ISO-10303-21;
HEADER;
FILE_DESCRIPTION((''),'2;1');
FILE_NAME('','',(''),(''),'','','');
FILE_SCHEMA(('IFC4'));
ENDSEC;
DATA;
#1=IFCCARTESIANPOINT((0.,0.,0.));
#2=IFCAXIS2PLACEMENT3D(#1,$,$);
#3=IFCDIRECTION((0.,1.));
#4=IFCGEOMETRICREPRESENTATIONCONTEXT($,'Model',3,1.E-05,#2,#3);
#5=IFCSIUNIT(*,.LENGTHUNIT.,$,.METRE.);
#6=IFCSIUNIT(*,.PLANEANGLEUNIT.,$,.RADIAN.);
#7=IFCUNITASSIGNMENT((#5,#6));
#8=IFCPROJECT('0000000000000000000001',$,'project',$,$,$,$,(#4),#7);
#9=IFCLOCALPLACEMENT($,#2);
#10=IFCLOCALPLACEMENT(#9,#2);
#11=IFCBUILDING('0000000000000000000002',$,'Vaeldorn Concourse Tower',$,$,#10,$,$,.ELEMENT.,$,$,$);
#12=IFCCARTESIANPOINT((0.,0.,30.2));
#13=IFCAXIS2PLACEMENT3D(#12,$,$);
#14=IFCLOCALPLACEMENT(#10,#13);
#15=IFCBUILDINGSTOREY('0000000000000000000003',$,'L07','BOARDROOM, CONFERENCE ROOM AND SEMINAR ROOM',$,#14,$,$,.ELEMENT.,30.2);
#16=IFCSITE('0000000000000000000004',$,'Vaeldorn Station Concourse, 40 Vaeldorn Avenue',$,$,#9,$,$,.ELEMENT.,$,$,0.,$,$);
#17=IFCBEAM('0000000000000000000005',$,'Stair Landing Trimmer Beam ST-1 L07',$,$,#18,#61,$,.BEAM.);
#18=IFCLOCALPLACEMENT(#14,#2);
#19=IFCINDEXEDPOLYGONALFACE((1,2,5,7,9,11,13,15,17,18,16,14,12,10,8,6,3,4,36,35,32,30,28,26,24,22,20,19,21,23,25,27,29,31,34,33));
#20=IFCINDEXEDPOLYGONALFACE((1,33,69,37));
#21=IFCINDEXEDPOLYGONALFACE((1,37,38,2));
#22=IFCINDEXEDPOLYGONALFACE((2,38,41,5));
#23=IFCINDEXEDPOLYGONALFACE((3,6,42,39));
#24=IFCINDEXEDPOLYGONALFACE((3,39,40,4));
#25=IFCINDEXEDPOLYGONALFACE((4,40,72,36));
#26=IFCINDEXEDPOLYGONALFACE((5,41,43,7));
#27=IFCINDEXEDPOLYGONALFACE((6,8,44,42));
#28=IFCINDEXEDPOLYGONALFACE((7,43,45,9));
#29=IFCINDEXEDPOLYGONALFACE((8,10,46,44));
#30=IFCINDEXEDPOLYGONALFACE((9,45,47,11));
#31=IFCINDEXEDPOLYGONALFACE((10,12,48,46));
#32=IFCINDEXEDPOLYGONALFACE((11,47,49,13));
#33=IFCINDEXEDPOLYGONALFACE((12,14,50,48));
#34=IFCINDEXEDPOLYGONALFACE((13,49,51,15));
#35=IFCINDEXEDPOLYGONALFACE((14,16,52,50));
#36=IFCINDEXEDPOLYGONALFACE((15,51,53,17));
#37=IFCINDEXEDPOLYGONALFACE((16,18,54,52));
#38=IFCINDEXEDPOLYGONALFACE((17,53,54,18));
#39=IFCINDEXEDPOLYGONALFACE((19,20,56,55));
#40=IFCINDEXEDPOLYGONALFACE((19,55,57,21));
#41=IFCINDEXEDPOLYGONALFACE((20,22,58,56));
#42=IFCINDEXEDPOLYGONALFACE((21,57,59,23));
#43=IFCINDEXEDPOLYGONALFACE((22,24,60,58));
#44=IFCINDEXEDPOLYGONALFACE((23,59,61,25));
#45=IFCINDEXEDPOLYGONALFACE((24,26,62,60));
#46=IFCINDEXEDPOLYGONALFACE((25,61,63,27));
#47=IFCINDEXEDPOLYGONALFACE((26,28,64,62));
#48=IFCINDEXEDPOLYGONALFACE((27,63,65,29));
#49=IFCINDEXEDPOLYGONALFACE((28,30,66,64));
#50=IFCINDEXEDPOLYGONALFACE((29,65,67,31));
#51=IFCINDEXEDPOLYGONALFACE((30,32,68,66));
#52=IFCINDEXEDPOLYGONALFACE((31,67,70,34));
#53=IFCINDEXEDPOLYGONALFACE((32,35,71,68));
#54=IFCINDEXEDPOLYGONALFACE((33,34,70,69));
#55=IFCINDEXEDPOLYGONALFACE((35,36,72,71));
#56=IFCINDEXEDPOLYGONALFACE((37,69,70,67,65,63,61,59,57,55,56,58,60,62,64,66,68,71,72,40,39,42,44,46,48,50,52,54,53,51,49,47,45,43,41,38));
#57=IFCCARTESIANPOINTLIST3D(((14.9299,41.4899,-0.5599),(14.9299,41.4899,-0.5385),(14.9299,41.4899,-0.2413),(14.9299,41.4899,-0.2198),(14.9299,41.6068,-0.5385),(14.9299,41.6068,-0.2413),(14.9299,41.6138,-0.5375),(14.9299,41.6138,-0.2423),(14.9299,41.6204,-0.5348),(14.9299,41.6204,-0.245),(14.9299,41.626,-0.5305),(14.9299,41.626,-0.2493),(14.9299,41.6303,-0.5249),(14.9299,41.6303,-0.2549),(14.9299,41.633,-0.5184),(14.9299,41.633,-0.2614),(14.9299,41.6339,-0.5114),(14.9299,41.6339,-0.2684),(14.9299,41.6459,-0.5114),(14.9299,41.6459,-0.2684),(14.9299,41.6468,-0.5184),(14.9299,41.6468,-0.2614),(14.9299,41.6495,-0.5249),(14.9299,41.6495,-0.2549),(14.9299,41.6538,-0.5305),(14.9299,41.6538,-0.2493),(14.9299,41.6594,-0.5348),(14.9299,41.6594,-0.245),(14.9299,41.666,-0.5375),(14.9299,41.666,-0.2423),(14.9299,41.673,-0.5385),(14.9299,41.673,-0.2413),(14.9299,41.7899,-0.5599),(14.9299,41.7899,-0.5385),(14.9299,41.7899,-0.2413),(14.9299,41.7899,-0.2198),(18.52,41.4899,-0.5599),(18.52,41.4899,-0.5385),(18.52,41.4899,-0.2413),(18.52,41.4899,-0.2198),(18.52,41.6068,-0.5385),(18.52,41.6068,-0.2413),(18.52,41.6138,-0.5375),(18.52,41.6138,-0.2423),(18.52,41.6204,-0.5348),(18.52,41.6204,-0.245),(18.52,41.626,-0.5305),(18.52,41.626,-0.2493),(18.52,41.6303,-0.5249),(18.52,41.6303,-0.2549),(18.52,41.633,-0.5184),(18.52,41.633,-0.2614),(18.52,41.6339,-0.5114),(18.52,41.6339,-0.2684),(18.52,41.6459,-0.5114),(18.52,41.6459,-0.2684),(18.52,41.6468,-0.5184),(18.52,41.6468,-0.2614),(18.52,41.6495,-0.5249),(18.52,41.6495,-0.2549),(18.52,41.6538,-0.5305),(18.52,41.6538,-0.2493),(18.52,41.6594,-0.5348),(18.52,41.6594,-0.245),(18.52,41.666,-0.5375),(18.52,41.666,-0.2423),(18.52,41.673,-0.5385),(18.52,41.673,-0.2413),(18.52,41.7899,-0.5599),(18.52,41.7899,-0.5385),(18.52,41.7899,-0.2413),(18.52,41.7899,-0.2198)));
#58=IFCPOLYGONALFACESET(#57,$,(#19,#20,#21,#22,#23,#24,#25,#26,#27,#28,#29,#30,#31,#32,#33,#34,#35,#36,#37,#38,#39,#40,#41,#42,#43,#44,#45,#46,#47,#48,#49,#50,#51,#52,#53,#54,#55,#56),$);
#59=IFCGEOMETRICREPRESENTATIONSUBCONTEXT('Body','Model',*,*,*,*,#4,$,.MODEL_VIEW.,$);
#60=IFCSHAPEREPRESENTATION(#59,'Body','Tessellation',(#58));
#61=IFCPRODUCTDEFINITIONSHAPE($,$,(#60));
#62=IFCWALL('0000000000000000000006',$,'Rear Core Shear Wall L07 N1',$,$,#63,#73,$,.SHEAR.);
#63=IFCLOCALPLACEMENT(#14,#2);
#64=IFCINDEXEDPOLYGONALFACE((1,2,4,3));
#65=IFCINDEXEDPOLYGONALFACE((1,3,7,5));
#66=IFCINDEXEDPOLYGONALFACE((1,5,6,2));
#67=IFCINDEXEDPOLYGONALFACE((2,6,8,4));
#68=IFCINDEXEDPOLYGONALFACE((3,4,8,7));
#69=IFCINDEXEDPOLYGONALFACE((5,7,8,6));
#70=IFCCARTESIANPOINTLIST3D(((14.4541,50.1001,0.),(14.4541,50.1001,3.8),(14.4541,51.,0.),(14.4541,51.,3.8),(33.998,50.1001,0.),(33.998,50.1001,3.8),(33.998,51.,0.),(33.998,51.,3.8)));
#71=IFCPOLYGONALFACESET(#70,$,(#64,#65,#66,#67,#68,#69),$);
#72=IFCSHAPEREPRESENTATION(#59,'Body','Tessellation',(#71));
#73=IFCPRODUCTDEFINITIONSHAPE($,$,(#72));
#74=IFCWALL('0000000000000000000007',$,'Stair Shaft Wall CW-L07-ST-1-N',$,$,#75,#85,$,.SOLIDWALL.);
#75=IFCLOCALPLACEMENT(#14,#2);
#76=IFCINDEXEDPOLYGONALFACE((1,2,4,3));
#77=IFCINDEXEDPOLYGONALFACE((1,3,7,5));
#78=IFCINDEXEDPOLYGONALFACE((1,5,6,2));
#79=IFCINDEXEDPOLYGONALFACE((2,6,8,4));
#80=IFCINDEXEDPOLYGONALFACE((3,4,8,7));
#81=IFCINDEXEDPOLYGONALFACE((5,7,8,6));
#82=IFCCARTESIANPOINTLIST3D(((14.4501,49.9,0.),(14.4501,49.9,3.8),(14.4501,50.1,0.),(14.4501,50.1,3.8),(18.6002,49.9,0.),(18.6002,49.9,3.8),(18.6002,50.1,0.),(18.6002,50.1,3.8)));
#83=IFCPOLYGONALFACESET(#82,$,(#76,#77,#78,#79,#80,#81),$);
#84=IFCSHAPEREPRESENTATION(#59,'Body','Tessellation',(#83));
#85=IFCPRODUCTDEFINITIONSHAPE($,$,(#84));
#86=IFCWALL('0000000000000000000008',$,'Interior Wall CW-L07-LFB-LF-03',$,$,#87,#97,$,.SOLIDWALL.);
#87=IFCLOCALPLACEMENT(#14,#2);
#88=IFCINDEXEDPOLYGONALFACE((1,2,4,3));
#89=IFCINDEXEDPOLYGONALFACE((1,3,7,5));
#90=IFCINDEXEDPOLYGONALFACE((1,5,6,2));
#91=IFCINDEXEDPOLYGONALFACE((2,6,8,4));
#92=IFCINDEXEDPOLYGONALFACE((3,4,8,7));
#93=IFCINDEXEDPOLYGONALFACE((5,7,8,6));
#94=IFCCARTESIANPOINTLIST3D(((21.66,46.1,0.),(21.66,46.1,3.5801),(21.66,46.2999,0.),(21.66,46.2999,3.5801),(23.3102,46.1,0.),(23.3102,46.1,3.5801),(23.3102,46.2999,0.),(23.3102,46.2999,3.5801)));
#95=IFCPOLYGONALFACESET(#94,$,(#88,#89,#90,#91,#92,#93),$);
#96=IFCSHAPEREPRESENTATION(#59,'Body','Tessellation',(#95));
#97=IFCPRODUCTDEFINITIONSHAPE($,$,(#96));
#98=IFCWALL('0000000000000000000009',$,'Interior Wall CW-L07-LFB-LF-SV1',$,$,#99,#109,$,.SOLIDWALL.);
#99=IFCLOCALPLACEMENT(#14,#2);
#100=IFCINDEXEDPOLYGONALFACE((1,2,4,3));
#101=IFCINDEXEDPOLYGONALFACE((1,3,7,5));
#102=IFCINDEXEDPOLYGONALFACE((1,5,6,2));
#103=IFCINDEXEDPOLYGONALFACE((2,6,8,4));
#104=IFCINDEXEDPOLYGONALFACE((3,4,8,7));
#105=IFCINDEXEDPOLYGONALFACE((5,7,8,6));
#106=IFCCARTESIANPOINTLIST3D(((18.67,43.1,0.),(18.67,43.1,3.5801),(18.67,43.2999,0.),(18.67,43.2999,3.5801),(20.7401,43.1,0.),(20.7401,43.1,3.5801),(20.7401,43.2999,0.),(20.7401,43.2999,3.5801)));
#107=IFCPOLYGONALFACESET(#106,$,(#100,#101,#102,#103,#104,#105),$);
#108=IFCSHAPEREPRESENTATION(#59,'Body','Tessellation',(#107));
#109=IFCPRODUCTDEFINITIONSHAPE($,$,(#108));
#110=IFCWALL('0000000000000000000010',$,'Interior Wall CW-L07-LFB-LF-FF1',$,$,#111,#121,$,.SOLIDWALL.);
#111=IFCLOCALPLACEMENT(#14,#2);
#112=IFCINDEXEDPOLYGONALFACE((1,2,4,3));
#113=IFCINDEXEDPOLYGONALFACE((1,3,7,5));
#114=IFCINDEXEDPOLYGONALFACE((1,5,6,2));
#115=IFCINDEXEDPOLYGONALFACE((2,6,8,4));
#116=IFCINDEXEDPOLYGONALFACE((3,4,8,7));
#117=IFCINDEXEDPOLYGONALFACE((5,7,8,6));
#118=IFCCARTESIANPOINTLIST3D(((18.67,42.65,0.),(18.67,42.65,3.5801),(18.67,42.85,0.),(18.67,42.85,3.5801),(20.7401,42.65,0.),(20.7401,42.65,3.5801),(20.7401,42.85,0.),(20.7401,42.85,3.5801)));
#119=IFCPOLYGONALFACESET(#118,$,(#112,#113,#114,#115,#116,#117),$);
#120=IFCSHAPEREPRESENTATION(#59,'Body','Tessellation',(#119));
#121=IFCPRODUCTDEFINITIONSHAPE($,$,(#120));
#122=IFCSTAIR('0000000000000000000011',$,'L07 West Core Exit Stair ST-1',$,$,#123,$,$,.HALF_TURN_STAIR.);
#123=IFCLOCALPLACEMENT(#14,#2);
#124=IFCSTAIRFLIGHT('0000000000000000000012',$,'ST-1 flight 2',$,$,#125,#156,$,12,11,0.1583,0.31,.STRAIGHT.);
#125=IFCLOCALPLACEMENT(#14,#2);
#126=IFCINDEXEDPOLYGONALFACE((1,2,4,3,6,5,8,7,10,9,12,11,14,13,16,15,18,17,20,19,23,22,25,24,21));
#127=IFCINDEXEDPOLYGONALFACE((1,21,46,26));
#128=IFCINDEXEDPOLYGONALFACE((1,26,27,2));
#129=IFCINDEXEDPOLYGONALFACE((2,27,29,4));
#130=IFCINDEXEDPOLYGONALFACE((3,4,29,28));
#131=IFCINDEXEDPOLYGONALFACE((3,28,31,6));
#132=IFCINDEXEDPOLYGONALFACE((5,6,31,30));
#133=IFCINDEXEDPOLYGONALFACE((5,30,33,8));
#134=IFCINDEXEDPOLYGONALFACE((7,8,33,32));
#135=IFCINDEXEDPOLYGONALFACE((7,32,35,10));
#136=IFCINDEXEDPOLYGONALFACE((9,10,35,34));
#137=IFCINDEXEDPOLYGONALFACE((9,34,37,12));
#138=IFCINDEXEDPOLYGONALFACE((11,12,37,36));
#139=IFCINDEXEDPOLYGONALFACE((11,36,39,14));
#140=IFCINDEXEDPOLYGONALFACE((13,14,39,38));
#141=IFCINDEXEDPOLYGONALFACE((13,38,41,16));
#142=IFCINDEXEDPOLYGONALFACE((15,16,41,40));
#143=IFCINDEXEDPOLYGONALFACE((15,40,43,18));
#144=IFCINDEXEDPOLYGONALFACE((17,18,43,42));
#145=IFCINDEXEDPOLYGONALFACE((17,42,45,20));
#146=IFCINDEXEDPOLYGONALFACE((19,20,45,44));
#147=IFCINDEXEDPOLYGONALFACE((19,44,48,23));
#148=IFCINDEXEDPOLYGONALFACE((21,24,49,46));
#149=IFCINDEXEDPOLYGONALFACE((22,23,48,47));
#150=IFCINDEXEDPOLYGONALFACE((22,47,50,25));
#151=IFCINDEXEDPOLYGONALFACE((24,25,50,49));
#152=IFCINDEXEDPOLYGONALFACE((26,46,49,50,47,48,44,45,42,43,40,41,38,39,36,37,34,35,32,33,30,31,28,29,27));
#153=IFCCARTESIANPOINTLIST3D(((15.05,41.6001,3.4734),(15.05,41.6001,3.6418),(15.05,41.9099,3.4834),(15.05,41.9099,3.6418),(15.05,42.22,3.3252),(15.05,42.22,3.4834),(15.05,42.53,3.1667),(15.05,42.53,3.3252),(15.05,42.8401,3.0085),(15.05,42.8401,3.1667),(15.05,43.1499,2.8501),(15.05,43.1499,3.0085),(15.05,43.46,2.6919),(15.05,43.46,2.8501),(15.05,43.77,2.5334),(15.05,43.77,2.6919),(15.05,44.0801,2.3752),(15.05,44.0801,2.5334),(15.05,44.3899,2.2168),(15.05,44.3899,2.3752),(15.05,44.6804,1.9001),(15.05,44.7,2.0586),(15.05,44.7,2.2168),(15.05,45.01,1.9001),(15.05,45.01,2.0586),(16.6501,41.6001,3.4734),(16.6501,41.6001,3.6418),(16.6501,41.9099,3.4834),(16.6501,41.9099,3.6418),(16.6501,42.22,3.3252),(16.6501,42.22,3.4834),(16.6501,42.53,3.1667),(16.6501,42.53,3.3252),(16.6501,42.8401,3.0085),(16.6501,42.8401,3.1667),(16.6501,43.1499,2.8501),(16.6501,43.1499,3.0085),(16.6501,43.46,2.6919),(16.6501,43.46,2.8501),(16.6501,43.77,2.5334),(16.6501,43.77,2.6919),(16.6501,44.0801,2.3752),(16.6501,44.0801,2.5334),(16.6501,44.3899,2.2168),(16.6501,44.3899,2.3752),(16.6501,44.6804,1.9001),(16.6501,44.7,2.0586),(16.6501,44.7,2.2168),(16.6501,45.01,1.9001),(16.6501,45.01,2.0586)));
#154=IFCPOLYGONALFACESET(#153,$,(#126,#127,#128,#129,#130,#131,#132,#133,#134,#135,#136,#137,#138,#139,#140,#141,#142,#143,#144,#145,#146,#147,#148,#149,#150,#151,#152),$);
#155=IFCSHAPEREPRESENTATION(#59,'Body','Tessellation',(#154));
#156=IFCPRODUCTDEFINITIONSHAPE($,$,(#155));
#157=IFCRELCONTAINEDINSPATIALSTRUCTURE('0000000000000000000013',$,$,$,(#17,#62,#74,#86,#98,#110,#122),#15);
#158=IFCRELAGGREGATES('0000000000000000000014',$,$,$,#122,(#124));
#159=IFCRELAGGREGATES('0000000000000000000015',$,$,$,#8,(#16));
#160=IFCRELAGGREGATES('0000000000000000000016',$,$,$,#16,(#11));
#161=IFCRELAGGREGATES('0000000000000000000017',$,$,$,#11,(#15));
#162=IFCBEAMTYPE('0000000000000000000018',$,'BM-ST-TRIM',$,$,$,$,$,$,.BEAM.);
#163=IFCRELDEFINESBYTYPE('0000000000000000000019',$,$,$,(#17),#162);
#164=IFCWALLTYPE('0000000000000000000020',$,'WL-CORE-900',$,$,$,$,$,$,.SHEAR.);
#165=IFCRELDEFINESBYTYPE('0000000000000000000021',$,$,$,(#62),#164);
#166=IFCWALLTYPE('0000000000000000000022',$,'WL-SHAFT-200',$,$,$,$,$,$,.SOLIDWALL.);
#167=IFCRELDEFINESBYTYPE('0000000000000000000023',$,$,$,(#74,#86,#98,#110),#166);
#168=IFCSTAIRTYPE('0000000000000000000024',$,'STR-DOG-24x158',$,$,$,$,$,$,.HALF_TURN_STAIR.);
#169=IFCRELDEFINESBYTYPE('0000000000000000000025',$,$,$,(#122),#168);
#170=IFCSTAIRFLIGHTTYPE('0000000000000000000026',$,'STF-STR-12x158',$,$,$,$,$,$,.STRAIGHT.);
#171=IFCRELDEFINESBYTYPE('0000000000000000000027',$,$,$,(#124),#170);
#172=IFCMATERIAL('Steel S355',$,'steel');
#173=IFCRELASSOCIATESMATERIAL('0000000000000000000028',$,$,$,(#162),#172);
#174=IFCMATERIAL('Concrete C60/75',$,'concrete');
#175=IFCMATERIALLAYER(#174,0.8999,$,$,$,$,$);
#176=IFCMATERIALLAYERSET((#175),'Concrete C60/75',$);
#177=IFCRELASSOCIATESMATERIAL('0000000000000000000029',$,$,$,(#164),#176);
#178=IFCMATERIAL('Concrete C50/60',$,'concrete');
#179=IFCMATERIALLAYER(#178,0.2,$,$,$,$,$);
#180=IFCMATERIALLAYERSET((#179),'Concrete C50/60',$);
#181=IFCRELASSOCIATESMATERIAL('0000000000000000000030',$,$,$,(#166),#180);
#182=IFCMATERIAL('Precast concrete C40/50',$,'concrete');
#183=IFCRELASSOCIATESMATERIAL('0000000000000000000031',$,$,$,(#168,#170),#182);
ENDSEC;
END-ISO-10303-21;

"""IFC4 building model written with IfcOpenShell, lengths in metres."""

from ifc_helpers import new_model, si_unit, direction, frame, frame_2d, origin, origin_2d, place, context, subcontext, project, spatial, polyline, rectangle, i_section, outline, extrude, source, transform, mapped, material, layer, layer_set, material_profile, profile_set, type_object, element, aggregate, save


model = new_model("IFC4")

# Units and contexts
model_context = context("Model", 3, precision=1e-05, world=origin(), true_north=direction((0.0, 1.0)))
body_context = subcontext(model_context, "Body", "Model", "MODEL_VIEW")
ifc_project = project(units=[si_unit("LENGTHUNIT", "METRE"), si_unit("PLANEANGLEUNIT", "RADIAN")], contexts=[model_context])

# Site, building, storey
site_placement = place(None, origin())
site = spatial("IfcSite", under=ifc_project, at=site_placement, Name="Vaeldorn Station Concourse, 40 Vaeldorn Avenue", CompositionType="ELEMENT", RefElevation=0.0)
building_placement = place(site_placement, origin())
building = spatial("IfcBuilding", under=site, at=building_placement, Name="Vaeldorn Concourse Tower", CompositionType="ELEMENT")
storey_placement = place(building_placement, frame((0.0, 0.0, 30.2)))
storey = spatial("IfcBuildingStorey", under=building, at=storey_placement, Name="L07", Description="BOARDROOM, CONFERENCE ROOM AND SEMINAR ROOM", CompositionType="ELEMENT", Elevation=30.2)

# Beam
ifc_material_1 = material(Name="Steel S355", Category="steel")
ifc_material_profile = material_profile(ifc_material_1, i_section(OverallWidth=0.3, OverallDepth=0.3401, WebThickness=0.012, FlangeThickness=0.0215, FilletRadius=0.0271, at=origin_2d()), Name="HEB 340")
ifc_profile_set = profile_set([ifc_material_profile], Name="Steel S355")
beam_type = type_object("IfcBeamType", Name="BM-ST-TRIM", PredefinedType="BEAM", material=ifc_profile_set)
shared_shape_1 = source(origin(), body_context, "Body", "SweptSolid", [
    extrude(i_section(OverallWidth=0.3, OverallDepth=0.3401, WebThickness=0.012, FlangeThickness=0.0215, FilletRadius=0.0271, at=origin_2d()), origin(), (0.0, 0.0, 1.0), 3.5901),
])
beam_placement = place(storey_placement, frame((14.9299, 41.6399, -0.3899), z_axis=(1.0, 0.0, 0.0), x_axis=(0.0, 1.0, 0.0)))
element("IfcBeam", 1, at=beam_placement, inside=storey, type_object=beam_type, Name="Stair Landing Trimmer Beam ST-1 L07", PredefinedType="BEAM", context=body_context, shape_type="MappedRepresentation", body=[
    mapped(shared_shape_1, transform((0.0, 0.0, 0.0), scale=1.0)),
])

# Walls
ifc_material_2 = material(Name="Concrete C60/75", Category="concrete")
ifc_layer_1 = layer(ifc_material_2, 0.8999)
ifc_layer_set_1 = layer_set([ifc_layer_1], Name="Concrete C60/75")
wall_type_1 = type_object("IfcWallType", Name="WL-CORE-900", PredefinedType="SHEAR", material=ifc_layer_set_1)
wall_1_placement = place(storey_placement, frame((14.4541, 50.55, 0.0), z_axis=(0.0, 0.0, 1.0), x_axis=(1.0, 0.0, 0.0)))
element("IfcWall", 2, at=wall_1_placement, inside=storey, type_object=wall_type_1, Name="Rear Core Shear Wall L07 N1", PredefinedType="SHEAR", context=body_context, shape_type="SweptSolid", body=[
    extrude(rectangle(XDim=19.5439, YDim=0.8999, at=frame_2d((9.772, 0.0))), origin(), (0.0, 0.0, 1.0), 3.8),
])
ifc_material_3 = material(Name="Concrete C50/60", Category="concrete")
ifc_layer_2 = layer(ifc_material_3, 0.2)
ifc_layer_set_2 = layer_set([ifc_layer_2], Name="Concrete C50/60")
wall_type_2 = type_object("IfcWallType", Name="WL-SHAFT-200", PredefinedType="SOLIDWALL", material=ifc_layer_set_2)
wall_2_placement = place(storey_placement, frame((14.45, 50.0, 0.0), z_axis=(0.0, 0.0, 1.0), x_axis=(1.0, 0.0, 0.0)))
element("IfcWall", 3, at=wall_2_placement, inside=storey, type_object=wall_type_2, Name="Stair Shaft Wall CW-L07-ST-1-N", PredefinedType="SOLIDWALL", context=body_context, shape_type="SweptSolid", body=[
    extrude(rectangle(XDim=4.1501, YDim=0.2, at=frame_2d((2.0752, 0.0))), origin(), (0.0, 0.0, 1.0), 3.8),
])

# Wall
wall_3_placement = place(storey_placement, frame((21.6599, 46.2, 0.0), z_axis=(0.0, 0.0, 1.0), x_axis=(1.0, 0.0, 0.0)))
element("IfcWall", 4, at=wall_3_placement, inside=storey, type_object=wall_type_2, Name="Interior Wall CW-L07-LFB-LF-03", PredefinedType="SOLIDWALL", context=body_context, shape_type="SweptSolid", body=[
    extrude(rectangle(XDim=1.6501, YDim=0.2, at=frame_2d((0.8252, 0.0))), origin(), (0.0, 0.0, 1.0), 3.5801),
])

# Walls
for number, where, z_axis, x_axis, name in (
    (5, (18.6699, 43.2, 0.0), (0.0, 0.0, 1.0), (1.0, 0.0, 0.0), "Interior Wall CW-L07-LFB-LF-SV1"),
    (6, (18.6699, 42.75, 0.0), (0.0, 0.0, 1.0), (1.0, 0.0, 0.0), "Interior Wall CW-L07-LFB-LF-FF1"),
):
    element("IfcWall", number, at=place(storey_placement, frame(where, z_axis=z_axis, x_axis=x_axis)), inside=storey, type_object=wall_type_2, Name=name, PredefinedType="SOLIDWALL", context=body_context, shape_type="SweptSolid", body=[
        extrude(rectangle(XDim=2.0701, YDim=0.2, at=frame_2d((1.0352, 0.0))), origin(), (0.0, 0.0, 1.0), 3.5801),
    ])

# Stair, stair flight
ifc_material_4 = material(Name="Precast concrete C40/50", Category="concrete")
stair_type = type_object("IfcStairType", Name="STR-DOG-24x158", PredefinedType="HALF_TURN_STAIR", material=ifc_material_4)
stair_placement = place(storey_placement, origin())
stair = element("IfcStair", 7, at=stair_placement, inside=storey, type_object=stair_type, Name="L07 West Core Exit Stair ST-1", PredefinedType="HALF_TURN_STAIR")
stair_flight_type = type_object("IfcStairFlightType", Name="STF-STR-12x158", PredefinedType="STRAIGHT", material=ifc_material_4)
stair_flight_placement = place(storey_placement, frame((15.8501, 45.01, 1.9001), z_axis=(0.0, 0.0, 1.0), x_axis=(0.0, -1.0, 0.0)))
stair_flight = element("IfcStairFlight", 8, at=stair_flight_placement, type_object=stair_flight_type, Name="ST-1 flight 2", NumberOfRisers=12, NumberOfTreads=11, PredefinedType="STRAIGHT", RiserHeight=0.1583, TreadLength=0.31, context=body_context, shape_type="SweptSolid", body=[
    extrude(outline(polyline([(0.0, 0.0), (0.0, 0.1584), (0.3101, 0.1584), (0.3101, 0.3167), (0.6201, 0.3167), (0.6201, 0.4751), (0.9299, 0.4751), (0.9299, 0.6333), (1.24, 0.6333), (1.24, 0.7917), (1.55, 0.7917), (1.55, 0.95), (1.8601, 0.95), (1.8601, 1.1084), (2.1699, 1.1084), (2.1699, 1.2666), (2.48, 1.2666), (2.48, 1.425), (2.79, 1.425), (2.79, 1.5833), (3.1001, 1.5833), (3.1001, 1.7417), (3.4099, 1.7417), (3.4099, 1.8999), (3.4099, 1.5732), (0.3296, 0.0), (0.0, 0.0)])), frame((0.0, 0.8, 0.0), z_axis=(0.0, -1.0, 0.0), x_axis=(1.0, 0.0, 0.0)), (0.0, 0.0, 1.0), 1.6001),
])
aggregate(stair, [stair_flight])

save(model, "model.ifc")
